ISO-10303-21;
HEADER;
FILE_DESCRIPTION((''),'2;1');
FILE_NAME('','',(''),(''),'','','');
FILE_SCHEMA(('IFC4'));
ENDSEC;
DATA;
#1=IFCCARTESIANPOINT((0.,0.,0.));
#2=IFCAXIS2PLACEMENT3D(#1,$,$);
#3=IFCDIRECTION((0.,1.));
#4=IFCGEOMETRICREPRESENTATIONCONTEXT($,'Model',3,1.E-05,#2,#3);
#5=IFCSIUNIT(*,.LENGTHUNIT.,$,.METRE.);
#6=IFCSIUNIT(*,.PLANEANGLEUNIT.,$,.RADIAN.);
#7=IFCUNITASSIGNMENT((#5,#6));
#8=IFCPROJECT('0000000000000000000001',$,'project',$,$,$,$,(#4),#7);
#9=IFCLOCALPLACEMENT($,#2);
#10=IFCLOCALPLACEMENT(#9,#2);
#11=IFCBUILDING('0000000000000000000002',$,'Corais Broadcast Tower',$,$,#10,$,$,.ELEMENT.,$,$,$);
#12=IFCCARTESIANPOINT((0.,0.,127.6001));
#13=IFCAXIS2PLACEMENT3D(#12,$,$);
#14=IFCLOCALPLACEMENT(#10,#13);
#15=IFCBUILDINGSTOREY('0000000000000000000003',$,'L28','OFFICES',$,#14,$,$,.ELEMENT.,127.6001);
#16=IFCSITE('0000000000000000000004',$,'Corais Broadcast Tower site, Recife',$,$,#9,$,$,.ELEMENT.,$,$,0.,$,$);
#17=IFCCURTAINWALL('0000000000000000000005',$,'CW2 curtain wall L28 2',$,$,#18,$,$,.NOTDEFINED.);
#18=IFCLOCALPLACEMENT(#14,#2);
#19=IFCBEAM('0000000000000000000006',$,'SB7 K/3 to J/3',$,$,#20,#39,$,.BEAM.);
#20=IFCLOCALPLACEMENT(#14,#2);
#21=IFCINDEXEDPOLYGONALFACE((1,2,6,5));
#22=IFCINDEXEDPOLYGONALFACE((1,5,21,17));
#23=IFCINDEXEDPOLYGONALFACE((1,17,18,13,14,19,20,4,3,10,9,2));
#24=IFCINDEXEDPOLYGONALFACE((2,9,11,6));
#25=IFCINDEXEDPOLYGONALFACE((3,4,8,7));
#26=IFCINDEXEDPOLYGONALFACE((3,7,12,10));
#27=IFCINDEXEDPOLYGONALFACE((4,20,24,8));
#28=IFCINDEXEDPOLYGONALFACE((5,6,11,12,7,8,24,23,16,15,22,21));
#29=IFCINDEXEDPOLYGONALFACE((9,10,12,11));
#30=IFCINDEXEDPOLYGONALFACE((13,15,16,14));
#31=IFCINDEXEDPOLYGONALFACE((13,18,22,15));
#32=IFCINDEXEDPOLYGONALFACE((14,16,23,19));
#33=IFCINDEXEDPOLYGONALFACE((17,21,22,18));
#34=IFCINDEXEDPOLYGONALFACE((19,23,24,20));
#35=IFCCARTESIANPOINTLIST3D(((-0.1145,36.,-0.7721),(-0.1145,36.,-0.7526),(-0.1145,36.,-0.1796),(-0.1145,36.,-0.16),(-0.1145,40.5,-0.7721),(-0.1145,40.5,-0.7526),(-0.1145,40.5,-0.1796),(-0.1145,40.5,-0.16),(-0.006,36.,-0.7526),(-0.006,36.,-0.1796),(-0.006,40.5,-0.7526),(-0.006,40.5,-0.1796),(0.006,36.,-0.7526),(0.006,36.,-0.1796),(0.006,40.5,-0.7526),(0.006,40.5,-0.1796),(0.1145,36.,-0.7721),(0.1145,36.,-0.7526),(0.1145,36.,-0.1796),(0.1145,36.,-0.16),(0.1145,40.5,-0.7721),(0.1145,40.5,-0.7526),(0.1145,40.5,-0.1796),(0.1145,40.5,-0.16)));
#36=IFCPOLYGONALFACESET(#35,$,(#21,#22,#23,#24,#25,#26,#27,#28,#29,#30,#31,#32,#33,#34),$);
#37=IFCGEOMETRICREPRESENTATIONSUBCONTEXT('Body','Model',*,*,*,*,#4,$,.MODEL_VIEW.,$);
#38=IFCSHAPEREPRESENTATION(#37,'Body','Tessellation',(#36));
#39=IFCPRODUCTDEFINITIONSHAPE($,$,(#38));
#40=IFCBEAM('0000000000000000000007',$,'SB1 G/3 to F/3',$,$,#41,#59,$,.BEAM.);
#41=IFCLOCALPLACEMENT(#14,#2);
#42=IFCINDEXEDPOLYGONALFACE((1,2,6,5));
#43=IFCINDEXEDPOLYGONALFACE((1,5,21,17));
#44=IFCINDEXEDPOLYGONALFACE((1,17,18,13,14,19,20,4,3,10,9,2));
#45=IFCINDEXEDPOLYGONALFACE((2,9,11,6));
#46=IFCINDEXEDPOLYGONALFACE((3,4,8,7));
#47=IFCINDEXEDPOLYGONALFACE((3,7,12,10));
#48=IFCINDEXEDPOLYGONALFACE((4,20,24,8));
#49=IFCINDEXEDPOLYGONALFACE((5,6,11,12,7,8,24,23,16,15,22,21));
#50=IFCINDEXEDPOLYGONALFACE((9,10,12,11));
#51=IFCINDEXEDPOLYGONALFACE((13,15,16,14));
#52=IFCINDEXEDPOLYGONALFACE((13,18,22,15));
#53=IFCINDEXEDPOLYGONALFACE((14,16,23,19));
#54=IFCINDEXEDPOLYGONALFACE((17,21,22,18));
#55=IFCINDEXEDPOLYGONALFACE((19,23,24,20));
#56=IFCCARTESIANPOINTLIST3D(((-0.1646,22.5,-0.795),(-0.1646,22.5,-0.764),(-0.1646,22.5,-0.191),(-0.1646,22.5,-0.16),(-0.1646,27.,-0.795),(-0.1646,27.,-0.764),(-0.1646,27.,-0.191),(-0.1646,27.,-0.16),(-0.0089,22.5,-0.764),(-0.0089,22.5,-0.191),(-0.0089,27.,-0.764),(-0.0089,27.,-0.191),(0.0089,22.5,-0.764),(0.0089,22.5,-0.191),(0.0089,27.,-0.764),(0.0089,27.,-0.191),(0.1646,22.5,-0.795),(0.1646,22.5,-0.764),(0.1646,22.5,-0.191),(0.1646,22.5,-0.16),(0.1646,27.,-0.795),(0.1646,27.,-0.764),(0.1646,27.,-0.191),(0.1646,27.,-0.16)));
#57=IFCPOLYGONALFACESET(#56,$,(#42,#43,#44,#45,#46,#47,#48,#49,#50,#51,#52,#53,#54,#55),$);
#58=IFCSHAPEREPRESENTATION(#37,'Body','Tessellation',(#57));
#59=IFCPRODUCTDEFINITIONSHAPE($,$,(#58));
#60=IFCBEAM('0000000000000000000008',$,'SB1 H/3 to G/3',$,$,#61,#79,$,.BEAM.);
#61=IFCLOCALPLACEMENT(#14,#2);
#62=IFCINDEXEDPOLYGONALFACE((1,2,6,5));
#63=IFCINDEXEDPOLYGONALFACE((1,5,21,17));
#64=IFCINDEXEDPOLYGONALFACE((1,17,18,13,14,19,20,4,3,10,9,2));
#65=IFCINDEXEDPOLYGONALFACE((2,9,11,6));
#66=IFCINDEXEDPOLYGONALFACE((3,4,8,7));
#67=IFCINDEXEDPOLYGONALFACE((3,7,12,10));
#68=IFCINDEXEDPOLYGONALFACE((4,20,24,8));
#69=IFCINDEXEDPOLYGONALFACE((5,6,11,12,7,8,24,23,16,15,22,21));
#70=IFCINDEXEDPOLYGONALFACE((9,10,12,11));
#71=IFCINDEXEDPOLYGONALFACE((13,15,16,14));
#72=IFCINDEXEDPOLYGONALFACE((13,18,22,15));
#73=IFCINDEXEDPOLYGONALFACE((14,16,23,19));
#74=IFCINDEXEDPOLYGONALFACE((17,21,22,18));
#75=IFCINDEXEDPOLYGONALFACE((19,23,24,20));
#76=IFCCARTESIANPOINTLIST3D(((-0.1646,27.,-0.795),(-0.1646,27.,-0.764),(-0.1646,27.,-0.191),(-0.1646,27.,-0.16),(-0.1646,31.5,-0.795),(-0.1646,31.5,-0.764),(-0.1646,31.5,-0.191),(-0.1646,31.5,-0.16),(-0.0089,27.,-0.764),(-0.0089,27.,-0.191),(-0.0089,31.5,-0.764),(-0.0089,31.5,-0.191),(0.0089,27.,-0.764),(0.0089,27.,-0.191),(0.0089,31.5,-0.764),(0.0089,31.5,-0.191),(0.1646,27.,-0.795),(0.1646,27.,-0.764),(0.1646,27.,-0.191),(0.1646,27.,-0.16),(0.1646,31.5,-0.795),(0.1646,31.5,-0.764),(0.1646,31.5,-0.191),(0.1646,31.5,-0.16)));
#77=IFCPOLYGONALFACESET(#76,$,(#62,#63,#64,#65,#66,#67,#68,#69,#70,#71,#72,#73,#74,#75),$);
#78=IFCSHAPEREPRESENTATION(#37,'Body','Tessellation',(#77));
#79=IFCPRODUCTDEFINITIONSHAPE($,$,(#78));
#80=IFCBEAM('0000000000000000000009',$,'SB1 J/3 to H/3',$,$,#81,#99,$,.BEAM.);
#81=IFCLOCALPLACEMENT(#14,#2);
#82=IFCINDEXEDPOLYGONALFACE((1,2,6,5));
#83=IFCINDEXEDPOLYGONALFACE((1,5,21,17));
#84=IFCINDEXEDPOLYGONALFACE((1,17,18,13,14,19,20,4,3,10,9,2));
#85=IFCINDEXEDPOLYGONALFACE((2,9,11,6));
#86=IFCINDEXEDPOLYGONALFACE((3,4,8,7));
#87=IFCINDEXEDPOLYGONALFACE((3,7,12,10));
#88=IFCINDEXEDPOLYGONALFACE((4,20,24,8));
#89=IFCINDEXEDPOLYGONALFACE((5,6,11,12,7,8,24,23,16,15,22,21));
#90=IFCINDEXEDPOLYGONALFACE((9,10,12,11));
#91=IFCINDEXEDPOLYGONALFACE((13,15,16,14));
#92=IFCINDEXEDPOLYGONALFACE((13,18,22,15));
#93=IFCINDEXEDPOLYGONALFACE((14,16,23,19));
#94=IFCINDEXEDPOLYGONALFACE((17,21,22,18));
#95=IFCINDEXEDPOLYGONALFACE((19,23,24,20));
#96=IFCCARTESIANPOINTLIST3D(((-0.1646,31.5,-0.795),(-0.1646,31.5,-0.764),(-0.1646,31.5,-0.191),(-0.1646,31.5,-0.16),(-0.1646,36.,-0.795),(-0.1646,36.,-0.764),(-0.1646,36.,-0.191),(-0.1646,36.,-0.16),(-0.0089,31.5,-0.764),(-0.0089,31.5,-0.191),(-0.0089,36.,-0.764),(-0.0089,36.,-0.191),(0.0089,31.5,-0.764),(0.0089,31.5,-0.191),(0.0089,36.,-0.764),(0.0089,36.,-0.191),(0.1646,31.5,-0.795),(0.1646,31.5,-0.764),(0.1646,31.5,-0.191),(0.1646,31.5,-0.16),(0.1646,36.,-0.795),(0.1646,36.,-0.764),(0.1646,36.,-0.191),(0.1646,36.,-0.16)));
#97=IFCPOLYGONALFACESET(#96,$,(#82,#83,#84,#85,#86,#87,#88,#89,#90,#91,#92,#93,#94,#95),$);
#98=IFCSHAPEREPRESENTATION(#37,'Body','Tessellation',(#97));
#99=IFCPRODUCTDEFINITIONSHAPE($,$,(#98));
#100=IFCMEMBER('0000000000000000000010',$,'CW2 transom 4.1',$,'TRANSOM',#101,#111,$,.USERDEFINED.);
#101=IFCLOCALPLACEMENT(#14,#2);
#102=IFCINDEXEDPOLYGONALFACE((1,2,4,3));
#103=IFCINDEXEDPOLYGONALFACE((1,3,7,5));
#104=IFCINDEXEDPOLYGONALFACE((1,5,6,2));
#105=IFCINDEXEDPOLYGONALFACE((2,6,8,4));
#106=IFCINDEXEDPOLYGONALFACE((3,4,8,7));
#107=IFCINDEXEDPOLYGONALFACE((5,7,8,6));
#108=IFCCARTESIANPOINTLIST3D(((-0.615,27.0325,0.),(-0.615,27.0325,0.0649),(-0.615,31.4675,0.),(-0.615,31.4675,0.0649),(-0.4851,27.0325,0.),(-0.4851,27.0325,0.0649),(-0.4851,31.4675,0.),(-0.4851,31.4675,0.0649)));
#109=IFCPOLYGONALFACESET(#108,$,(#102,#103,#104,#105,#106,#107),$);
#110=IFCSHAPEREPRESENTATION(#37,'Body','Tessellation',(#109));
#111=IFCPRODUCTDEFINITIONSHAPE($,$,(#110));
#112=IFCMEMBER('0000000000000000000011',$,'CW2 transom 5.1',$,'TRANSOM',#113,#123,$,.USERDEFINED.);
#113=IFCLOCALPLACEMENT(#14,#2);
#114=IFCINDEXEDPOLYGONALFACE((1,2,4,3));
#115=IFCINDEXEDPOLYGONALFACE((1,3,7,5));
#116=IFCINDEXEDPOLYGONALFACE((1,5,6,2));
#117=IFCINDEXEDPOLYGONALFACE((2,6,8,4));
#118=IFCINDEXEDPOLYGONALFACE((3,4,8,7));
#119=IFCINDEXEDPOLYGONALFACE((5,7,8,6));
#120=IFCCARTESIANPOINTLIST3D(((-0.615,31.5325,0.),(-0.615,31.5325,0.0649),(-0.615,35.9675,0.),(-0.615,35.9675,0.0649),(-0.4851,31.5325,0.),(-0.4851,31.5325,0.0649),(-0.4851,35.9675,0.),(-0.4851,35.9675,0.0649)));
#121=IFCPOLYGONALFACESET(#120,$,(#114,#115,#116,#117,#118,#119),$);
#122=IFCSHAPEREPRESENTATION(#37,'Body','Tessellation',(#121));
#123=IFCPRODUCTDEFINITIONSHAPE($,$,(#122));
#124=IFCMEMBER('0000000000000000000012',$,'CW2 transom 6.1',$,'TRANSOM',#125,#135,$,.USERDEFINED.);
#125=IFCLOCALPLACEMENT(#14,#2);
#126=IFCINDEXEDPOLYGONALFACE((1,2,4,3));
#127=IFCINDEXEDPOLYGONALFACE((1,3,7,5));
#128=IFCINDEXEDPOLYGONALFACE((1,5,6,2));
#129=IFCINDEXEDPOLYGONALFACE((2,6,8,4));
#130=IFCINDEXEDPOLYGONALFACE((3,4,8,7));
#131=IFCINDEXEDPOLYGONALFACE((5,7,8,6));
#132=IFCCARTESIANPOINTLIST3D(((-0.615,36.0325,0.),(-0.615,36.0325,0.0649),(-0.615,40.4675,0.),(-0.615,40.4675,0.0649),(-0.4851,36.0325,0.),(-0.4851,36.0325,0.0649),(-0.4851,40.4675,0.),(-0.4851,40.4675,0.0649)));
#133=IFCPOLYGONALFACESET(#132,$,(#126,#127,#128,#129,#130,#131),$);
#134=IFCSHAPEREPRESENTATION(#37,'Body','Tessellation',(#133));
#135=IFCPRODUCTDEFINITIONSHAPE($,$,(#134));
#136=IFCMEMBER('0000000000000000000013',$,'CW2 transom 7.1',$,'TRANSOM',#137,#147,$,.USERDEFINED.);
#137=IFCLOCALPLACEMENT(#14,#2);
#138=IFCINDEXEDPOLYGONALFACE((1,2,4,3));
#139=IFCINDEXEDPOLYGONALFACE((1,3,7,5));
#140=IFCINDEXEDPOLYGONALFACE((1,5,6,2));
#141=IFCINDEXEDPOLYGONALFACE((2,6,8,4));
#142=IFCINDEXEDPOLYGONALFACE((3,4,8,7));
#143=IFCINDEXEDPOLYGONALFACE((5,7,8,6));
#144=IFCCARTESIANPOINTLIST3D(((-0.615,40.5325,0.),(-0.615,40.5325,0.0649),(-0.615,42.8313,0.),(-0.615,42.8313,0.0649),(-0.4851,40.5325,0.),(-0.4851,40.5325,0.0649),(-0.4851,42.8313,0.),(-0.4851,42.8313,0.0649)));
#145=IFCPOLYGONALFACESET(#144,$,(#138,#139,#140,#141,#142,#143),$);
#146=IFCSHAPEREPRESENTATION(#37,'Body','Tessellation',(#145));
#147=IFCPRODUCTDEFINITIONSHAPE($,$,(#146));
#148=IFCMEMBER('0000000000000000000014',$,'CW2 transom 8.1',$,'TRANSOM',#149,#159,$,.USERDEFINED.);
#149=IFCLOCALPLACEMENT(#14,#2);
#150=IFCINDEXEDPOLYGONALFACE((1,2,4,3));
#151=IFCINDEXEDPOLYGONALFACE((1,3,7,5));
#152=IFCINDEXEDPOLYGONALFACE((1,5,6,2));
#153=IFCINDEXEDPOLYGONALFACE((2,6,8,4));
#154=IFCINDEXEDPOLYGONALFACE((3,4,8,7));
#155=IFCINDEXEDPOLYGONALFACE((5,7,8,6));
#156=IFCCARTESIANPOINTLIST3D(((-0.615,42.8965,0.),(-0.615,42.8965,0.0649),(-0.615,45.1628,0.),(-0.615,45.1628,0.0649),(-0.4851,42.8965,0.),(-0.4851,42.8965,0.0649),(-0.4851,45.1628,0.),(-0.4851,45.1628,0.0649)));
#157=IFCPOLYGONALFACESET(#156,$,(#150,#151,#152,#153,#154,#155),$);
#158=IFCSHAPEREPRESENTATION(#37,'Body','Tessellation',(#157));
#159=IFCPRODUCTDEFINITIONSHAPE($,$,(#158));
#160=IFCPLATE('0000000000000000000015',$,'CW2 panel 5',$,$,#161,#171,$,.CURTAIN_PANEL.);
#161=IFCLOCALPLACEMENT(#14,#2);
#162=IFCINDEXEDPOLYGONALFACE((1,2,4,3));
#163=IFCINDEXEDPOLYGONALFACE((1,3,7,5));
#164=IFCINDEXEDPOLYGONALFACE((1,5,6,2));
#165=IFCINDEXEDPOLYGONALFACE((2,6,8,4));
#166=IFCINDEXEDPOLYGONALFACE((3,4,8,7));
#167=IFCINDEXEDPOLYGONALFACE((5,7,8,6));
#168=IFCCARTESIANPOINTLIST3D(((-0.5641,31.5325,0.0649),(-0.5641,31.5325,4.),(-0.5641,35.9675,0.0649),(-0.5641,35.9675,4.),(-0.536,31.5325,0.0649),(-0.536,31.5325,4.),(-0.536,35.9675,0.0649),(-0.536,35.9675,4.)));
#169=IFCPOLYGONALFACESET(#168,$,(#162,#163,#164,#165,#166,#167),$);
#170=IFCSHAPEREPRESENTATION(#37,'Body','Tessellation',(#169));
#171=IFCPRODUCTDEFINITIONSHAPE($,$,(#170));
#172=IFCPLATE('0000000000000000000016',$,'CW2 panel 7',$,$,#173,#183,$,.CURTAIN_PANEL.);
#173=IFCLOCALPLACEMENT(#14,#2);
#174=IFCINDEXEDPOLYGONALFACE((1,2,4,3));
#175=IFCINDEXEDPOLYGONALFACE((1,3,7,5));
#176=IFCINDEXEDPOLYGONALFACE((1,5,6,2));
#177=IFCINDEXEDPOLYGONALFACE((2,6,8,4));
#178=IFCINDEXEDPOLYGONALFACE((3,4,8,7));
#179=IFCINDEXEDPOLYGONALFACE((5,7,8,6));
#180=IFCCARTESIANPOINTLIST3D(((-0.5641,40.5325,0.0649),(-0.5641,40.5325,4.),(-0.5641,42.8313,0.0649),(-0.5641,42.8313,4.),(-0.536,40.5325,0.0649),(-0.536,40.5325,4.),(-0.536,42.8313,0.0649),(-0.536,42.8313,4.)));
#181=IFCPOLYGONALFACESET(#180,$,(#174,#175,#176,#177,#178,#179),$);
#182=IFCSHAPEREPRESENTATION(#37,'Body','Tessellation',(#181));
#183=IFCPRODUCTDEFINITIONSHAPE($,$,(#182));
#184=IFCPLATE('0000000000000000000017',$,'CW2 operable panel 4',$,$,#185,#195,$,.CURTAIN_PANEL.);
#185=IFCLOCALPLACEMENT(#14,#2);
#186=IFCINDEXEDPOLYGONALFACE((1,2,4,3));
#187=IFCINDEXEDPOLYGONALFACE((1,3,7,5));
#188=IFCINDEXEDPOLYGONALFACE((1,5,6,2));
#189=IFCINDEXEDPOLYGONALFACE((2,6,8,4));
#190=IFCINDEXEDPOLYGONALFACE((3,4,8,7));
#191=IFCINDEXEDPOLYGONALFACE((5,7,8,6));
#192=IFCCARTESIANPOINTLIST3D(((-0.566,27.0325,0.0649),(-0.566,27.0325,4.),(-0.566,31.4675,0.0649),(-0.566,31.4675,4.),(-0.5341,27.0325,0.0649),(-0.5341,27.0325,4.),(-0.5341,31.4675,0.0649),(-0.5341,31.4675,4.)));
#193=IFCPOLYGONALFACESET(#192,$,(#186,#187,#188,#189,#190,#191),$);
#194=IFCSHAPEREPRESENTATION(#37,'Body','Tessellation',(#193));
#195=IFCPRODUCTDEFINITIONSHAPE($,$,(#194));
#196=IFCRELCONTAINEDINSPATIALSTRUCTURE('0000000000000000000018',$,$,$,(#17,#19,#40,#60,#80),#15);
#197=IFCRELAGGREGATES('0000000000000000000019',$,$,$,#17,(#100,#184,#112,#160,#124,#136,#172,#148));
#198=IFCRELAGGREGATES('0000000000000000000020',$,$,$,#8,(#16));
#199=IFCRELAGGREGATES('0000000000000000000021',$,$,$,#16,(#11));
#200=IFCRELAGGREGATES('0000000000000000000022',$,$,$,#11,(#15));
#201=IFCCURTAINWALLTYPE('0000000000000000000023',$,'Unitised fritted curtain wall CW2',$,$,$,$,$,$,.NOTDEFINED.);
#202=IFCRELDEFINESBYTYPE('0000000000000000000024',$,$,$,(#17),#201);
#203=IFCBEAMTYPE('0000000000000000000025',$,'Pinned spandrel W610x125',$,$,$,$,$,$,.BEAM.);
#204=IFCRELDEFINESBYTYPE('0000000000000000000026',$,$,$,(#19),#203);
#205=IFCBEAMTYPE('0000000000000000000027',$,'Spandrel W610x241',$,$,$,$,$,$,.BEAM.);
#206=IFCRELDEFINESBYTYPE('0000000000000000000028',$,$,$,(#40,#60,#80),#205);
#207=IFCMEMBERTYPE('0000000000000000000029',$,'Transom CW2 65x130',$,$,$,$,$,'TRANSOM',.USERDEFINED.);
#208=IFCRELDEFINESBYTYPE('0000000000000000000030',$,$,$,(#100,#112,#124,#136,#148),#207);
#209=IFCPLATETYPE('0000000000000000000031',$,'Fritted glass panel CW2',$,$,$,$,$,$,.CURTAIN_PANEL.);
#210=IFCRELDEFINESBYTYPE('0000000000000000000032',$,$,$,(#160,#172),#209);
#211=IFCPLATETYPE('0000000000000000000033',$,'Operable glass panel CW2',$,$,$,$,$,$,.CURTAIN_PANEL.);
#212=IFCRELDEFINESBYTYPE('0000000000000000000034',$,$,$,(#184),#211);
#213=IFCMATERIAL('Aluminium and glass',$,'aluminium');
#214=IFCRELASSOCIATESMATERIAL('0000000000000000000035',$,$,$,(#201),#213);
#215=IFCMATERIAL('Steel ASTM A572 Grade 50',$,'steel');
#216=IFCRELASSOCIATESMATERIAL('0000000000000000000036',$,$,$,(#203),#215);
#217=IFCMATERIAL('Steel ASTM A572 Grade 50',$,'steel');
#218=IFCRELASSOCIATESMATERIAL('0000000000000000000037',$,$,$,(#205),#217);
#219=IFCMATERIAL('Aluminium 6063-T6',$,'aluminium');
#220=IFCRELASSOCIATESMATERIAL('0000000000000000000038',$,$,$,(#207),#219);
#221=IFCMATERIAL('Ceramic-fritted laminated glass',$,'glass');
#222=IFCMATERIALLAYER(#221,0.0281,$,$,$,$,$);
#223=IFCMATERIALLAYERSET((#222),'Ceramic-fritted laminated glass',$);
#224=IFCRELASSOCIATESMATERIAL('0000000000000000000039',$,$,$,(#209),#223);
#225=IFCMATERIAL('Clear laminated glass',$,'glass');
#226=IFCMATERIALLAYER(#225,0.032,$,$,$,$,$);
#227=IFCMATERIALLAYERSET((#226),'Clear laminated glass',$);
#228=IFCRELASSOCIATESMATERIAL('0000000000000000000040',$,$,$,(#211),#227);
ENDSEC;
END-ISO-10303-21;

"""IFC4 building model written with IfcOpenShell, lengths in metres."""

from ifc_helpers import new_model, si_unit, direction, frame, origin, origin_2d, place, context, subcontext, project, spatial, rectangle, i_section, extrude, material, layer, layer_set, material_profile, profile_set, type_object, element, aggregate, save


model = new_model("IFC4")

# Units and contexts
model_context = context("Model", 3, precision=1e-05, world=origin(), true_north=direction((0.0, 1.0)))
body_context = subcontext(model_context, "Body", "Model", "MODEL_VIEW")
ifc_project = project(units=[si_unit("LENGTHUNIT", "METRE"), si_unit("PLANEANGLEUNIT", "RADIAN")], contexts=[model_context])

# Site, building, storey
site_placement = place(None, origin())
site = spatial("IfcSite", under=ifc_project, at=site_placement, Name="Corais Broadcast Tower site, Recife", CompositionType="ELEMENT", RefElevation=0.0)
building_placement = place(site_placement, origin())
building = spatial("IfcBuilding", under=site, at=building_placement, Name="Corais Broadcast Tower", CompositionType="ELEMENT")
storey_placement = place(building_placement, frame((0.0, 0.0, 127.6001)))
storey = spatial("IfcBuildingStorey", under=building, at=storey_placement, Name="L28", Description="OFFICES", CompositionType="ELEMENT", Elevation=127.6001)

# Curtain wall
ifc_material_1 = material(Name="Aluminium and glass", Category="aluminium")
curtain_wall_type = type_object("IfcCurtainWallType", Name="Unitised fritted curtain wall CW2", PredefinedType="NOTDEFINED", material=ifc_material_1)
curtain_wall_placement = place(storey_placement, origin())
curtain_wall = element("IfcCurtainWall", 1, at=curtain_wall_placement, inside=storey, type_object=curtain_wall_type, Name="CW2 curtain wall L28 2", PredefinedType="NOTDEFINED")

# Beams
ifc_material_2 = material(Name="Steel ASTM A572 Grade 50", Category="steel")
ifc_material_profile_1 = material_profile(ifc_material_2, i_section(OverallWidth=0.229, OverallDepth=0.6121, WebThickness=0.012, FlangeThickness=0.0195, at=origin_2d()), Name="W610x125")
ifc_profile_set_1 = profile_set([ifc_material_profile_1], Name="Steel ASTM A572 Grade 50")
beam_type_1 = type_object("IfcBeamType", Name="Pinned spandrel W610x125", PredefinedType="BEAM", material=ifc_profile_set_1)
beam_placement = place(storey_placement, frame((0.0, 40.5, -0.4661), z_axis=(0.0, -1.0, 0.0), x_axis=(1.0, 0.0, 0.0)))
element("IfcBeam", 2, at=beam_placement, inside=storey, type_object=beam_type_1, Name="SB7 K/3 to J/3", PredefinedType="BEAM", context=body_context, shape_type="SweptSolid", body=[
    extrude(i_section(OverallWidth=0.229, OverallDepth=0.6121, WebThickness=0.012, FlangeThickness=0.0195, at=origin_2d()), origin(), (0.0, 0.0, 1.0), 4.5),
])
ifc_material_3 = material(Name="Steel ASTM A572 Grade 50", Category="steel")
ifc_material_profile_2 = material_profile(ifc_material_3, i_section(OverallWidth=0.3291, OverallDepth=0.635, WebThickness=0.0178, FlangeThickness=0.031, at=origin_2d()), Name="W610x241")
ifc_profile_set_2 = profile_set([ifc_material_profile_2], Name="Steel ASTM A572 Grade 50")
beam_type_2 = type_object("IfcBeamType", Name="Spandrel W610x241", PredefinedType="BEAM", material=ifc_profile_set_2)
for number, where, z_axis, x_axis, name in (
    (3, (0.0, 27.0, -0.4775), (0.0, -1.0, 0.0), (1.0, 0.0, 0.0), "SB1 G/3 to F/3"),
    (4, (0.0, 31.5, -0.4775), (0.0, -1.0, 0.0), (1.0, 0.0, 0.0), "SB1 H/3 to G/3"),
    (5, (0.0, 36.0, -0.4775), (0.0, -1.0, 0.0), (1.0, 0.0, 0.0), "SB1 J/3 to H/3"),
):
    element("IfcBeam", number, at=place(storey_placement, frame(where, z_axis=z_axis, x_axis=x_axis)), inside=storey, type_object=beam_type_2, Name=name, PredefinedType="BEAM", context=body_context, shape_type="SweptSolid", body=[
        extrude(i_section(OverallWidth=0.3291, OverallDepth=0.635, WebThickness=0.0178, FlangeThickness=0.031, at=origin_2d()), origin(), (0.0, 0.0, 1.0), 4.5),
    ])

# Members
ifc_material_4 = material(Name="Aluminium 6063-T6", Category="aluminium")
ifc_material_profile_3 = material_profile(ifc_material_4, rectangle(XDim=0.1299, YDim=0.0649, at=origin_2d()), Name="Transom CW2 65x130")
ifc_profile_set_3 = profile_set([ifc_material_profile_3], Name="Aluminium 6063-T6")
member_type_1 = type_object("IfcMemberType", Name="Transom CW2 65x130", ElementType="TRANSOM", PredefinedType="USERDEFINED", material=ifc_profile_set_3)
member_1_placement = place(storey_placement, frame((-0.55, 27.0325, 0.0325), z_axis=(0.0, 1.0, 0.0), x_axis=(-1.0, 0.0, 0.0)))
member_1 = element("IfcMember", 6, at=member_1_placement, type_object=member_type_1, Name="CW2 transom 4.1", ObjectType="TRANSOM", PredefinedType="USERDEFINED", context=body_context, shape_type="SweptSolid", body=[
    extrude(rectangle(XDim=0.1299, YDim=0.0649, at=origin_2d()), origin(), (0.0, 0.0, 1.0), 4.4351),
])
member_2_placement = place(storey_placement, frame((-0.55, 31.5325, 0.0325), z_axis=(0.0, 1.0, 0.0), x_axis=(-1.0, 0.0, 0.0)))
member_2 = element("IfcMember", 7, at=member_2_placement, type_object=member_type_1, Name="CW2 transom 5.1", ObjectType="TRANSOM", PredefinedType="USERDEFINED", context=body_context, shape_type="SweptSolid", body=[
    extrude(rectangle(XDim=0.1299, YDim=0.0649, at=origin_2d()), origin(), (0.0, 0.0, 1.0), 4.4351),
])
member_3_placement = place(storey_placement, frame((-0.55, 36.0325, 0.0325), z_axis=(0.0, 1.0, 0.0), x_axis=(-1.0, 0.0, 0.0)))
member_3 = element("IfcMember", 8, at=member_3_placement, type_object=member_type_1, Name="CW2 transom 6.1", ObjectType="TRANSOM", PredefinedType="USERDEFINED", context=body_context, shape_type="SweptSolid", body=[
    extrude(rectangle(XDim=0.1299, YDim=0.0649, at=origin_2d()), origin(), (0.0, 0.0, 1.0), 4.4351),
])
member_4_placement = place(storey_placement, frame((-0.55, 40.5325, 0.0325), z_axis=(0.0, 1.0, 0.0), x_axis=(-1.0, 0.0, 0.0)))
member_4 = element("IfcMember", 9, at=member_4_placement, type_object=member_type_1, Name="CW2 transom 7.1", ObjectType="TRANSOM", PredefinedType="USERDEFINED", context=body_context, shape_type="SweptSolid", body=[
    extrude(rectangle(XDim=0.1299, YDim=0.0649, at=origin_2d()), origin(), (0.0, 0.0, 1.0), 2.2988),
])
member_5_placement = place(storey_placement, frame((-0.55, 42.8965, 0.0325), z_axis=(0.0, 1.0, 0.0), x_axis=(-1.0, 0.0, 0.0)))
member_5 = element("IfcMember", 10, at=member_5_placement, type_object=member_type_1, Name="CW2 transom 8.1", ObjectType="TRANSOM", PredefinedType="USERDEFINED", context=body_context, shape_type="SweptSolid", body=[
    extrude(rectangle(XDim=0.1299, YDim=0.0649, at=origin_2d()), origin(), (0.0, 0.0, 1.0), 2.2664),
])

# Plates
ifc_material_5 = material(Name="Ceramic-fritted laminated glass", Category="glass")
ifc_layer_1 = layer(ifc_material_5, 0.0281)
ifc_layer_set_1 = layer_set([ifc_layer_1], Name="Ceramic-fritted laminated glass")
plate_type_1 = type_object("IfcPlateType", Name="Fritted glass panel CW2", PredefinedType="CURTAIN_PANEL", material=ifc_layer_set_1)
plate_1_placement = place(storey_placement, frame((-0.55, 33.75, 0.0649), z_axis=(0.0, 0.0, 1.0), x_axis=(0.0, 1.0, 0.0)))
plate_1 = element("IfcPlate", 11, at=plate_1_placement, type_object=plate_type_1, Name="CW2 panel 5", PredefinedType="CURTAIN_PANEL", context=body_context, shape_type="SweptSolid", body=[
    extrude(rectangle(XDim=4.4351, YDim=0.0281, at=origin_2d()), origin(), (0.0, 0.0, 1.0), 3.9351),
])
plate_2_placement = place(storey_placement, frame((-0.55, 41.6819, 0.0649), z_axis=(0.0, 0.0, 1.0), x_axis=(0.0, 1.0, 0.0)))
plate_2 = element("IfcPlate", 12, at=plate_2_placement, type_object=plate_type_1, Name="CW2 panel 7", PredefinedType="CURTAIN_PANEL", context=body_context, shape_type="SweptSolid", body=[
    extrude(rectangle(XDim=2.2988, YDim=0.0281, at=origin_2d()), origin(), (0.0, 0.0, 1.0), 3.9351),
])
ifc_material_6 = material(Name="Clear laminated glass", Category="glass")
ifc_layer_2 = layer(ifc_material_6, 0.032)
ifc_layer_set_2 = layer_set([ifc_layer_2], Name="Clear laminated glass")
plate_type_2 = type_object("IfcPlateType", Name="Operable glass panel CW2", PredefinedType="CURTAIN_PANEL", material=ifc_layer_set_2)
plate_3_placement = place(storey_placement, frame((-0.55, 29.25, 0.0649), z_axis=(0.0, 0.0, 1.0), x_axis=(0.0, 1.0, 0.0)))
plate_3 = element("IfcPlate", 13, at=plate_3_placement, type_object=plate_type_2, Name="CW2 operable panel 4", PredefinedType="CURTAIN_PANEL", context=body_context, shape_type="SweptSolid", body=[
    extrude(rectangle(XDim=4.4351, YDim=0.032, at=origin_2d()), origin(), (0.0, 0.0, 1.0), 3.9351),
])
aggregate(curtain_wall, [member_1, plate_3, member_2, plate_1, member_3, member_4, plate_2, member_5])

save(model, "model.ifc")
